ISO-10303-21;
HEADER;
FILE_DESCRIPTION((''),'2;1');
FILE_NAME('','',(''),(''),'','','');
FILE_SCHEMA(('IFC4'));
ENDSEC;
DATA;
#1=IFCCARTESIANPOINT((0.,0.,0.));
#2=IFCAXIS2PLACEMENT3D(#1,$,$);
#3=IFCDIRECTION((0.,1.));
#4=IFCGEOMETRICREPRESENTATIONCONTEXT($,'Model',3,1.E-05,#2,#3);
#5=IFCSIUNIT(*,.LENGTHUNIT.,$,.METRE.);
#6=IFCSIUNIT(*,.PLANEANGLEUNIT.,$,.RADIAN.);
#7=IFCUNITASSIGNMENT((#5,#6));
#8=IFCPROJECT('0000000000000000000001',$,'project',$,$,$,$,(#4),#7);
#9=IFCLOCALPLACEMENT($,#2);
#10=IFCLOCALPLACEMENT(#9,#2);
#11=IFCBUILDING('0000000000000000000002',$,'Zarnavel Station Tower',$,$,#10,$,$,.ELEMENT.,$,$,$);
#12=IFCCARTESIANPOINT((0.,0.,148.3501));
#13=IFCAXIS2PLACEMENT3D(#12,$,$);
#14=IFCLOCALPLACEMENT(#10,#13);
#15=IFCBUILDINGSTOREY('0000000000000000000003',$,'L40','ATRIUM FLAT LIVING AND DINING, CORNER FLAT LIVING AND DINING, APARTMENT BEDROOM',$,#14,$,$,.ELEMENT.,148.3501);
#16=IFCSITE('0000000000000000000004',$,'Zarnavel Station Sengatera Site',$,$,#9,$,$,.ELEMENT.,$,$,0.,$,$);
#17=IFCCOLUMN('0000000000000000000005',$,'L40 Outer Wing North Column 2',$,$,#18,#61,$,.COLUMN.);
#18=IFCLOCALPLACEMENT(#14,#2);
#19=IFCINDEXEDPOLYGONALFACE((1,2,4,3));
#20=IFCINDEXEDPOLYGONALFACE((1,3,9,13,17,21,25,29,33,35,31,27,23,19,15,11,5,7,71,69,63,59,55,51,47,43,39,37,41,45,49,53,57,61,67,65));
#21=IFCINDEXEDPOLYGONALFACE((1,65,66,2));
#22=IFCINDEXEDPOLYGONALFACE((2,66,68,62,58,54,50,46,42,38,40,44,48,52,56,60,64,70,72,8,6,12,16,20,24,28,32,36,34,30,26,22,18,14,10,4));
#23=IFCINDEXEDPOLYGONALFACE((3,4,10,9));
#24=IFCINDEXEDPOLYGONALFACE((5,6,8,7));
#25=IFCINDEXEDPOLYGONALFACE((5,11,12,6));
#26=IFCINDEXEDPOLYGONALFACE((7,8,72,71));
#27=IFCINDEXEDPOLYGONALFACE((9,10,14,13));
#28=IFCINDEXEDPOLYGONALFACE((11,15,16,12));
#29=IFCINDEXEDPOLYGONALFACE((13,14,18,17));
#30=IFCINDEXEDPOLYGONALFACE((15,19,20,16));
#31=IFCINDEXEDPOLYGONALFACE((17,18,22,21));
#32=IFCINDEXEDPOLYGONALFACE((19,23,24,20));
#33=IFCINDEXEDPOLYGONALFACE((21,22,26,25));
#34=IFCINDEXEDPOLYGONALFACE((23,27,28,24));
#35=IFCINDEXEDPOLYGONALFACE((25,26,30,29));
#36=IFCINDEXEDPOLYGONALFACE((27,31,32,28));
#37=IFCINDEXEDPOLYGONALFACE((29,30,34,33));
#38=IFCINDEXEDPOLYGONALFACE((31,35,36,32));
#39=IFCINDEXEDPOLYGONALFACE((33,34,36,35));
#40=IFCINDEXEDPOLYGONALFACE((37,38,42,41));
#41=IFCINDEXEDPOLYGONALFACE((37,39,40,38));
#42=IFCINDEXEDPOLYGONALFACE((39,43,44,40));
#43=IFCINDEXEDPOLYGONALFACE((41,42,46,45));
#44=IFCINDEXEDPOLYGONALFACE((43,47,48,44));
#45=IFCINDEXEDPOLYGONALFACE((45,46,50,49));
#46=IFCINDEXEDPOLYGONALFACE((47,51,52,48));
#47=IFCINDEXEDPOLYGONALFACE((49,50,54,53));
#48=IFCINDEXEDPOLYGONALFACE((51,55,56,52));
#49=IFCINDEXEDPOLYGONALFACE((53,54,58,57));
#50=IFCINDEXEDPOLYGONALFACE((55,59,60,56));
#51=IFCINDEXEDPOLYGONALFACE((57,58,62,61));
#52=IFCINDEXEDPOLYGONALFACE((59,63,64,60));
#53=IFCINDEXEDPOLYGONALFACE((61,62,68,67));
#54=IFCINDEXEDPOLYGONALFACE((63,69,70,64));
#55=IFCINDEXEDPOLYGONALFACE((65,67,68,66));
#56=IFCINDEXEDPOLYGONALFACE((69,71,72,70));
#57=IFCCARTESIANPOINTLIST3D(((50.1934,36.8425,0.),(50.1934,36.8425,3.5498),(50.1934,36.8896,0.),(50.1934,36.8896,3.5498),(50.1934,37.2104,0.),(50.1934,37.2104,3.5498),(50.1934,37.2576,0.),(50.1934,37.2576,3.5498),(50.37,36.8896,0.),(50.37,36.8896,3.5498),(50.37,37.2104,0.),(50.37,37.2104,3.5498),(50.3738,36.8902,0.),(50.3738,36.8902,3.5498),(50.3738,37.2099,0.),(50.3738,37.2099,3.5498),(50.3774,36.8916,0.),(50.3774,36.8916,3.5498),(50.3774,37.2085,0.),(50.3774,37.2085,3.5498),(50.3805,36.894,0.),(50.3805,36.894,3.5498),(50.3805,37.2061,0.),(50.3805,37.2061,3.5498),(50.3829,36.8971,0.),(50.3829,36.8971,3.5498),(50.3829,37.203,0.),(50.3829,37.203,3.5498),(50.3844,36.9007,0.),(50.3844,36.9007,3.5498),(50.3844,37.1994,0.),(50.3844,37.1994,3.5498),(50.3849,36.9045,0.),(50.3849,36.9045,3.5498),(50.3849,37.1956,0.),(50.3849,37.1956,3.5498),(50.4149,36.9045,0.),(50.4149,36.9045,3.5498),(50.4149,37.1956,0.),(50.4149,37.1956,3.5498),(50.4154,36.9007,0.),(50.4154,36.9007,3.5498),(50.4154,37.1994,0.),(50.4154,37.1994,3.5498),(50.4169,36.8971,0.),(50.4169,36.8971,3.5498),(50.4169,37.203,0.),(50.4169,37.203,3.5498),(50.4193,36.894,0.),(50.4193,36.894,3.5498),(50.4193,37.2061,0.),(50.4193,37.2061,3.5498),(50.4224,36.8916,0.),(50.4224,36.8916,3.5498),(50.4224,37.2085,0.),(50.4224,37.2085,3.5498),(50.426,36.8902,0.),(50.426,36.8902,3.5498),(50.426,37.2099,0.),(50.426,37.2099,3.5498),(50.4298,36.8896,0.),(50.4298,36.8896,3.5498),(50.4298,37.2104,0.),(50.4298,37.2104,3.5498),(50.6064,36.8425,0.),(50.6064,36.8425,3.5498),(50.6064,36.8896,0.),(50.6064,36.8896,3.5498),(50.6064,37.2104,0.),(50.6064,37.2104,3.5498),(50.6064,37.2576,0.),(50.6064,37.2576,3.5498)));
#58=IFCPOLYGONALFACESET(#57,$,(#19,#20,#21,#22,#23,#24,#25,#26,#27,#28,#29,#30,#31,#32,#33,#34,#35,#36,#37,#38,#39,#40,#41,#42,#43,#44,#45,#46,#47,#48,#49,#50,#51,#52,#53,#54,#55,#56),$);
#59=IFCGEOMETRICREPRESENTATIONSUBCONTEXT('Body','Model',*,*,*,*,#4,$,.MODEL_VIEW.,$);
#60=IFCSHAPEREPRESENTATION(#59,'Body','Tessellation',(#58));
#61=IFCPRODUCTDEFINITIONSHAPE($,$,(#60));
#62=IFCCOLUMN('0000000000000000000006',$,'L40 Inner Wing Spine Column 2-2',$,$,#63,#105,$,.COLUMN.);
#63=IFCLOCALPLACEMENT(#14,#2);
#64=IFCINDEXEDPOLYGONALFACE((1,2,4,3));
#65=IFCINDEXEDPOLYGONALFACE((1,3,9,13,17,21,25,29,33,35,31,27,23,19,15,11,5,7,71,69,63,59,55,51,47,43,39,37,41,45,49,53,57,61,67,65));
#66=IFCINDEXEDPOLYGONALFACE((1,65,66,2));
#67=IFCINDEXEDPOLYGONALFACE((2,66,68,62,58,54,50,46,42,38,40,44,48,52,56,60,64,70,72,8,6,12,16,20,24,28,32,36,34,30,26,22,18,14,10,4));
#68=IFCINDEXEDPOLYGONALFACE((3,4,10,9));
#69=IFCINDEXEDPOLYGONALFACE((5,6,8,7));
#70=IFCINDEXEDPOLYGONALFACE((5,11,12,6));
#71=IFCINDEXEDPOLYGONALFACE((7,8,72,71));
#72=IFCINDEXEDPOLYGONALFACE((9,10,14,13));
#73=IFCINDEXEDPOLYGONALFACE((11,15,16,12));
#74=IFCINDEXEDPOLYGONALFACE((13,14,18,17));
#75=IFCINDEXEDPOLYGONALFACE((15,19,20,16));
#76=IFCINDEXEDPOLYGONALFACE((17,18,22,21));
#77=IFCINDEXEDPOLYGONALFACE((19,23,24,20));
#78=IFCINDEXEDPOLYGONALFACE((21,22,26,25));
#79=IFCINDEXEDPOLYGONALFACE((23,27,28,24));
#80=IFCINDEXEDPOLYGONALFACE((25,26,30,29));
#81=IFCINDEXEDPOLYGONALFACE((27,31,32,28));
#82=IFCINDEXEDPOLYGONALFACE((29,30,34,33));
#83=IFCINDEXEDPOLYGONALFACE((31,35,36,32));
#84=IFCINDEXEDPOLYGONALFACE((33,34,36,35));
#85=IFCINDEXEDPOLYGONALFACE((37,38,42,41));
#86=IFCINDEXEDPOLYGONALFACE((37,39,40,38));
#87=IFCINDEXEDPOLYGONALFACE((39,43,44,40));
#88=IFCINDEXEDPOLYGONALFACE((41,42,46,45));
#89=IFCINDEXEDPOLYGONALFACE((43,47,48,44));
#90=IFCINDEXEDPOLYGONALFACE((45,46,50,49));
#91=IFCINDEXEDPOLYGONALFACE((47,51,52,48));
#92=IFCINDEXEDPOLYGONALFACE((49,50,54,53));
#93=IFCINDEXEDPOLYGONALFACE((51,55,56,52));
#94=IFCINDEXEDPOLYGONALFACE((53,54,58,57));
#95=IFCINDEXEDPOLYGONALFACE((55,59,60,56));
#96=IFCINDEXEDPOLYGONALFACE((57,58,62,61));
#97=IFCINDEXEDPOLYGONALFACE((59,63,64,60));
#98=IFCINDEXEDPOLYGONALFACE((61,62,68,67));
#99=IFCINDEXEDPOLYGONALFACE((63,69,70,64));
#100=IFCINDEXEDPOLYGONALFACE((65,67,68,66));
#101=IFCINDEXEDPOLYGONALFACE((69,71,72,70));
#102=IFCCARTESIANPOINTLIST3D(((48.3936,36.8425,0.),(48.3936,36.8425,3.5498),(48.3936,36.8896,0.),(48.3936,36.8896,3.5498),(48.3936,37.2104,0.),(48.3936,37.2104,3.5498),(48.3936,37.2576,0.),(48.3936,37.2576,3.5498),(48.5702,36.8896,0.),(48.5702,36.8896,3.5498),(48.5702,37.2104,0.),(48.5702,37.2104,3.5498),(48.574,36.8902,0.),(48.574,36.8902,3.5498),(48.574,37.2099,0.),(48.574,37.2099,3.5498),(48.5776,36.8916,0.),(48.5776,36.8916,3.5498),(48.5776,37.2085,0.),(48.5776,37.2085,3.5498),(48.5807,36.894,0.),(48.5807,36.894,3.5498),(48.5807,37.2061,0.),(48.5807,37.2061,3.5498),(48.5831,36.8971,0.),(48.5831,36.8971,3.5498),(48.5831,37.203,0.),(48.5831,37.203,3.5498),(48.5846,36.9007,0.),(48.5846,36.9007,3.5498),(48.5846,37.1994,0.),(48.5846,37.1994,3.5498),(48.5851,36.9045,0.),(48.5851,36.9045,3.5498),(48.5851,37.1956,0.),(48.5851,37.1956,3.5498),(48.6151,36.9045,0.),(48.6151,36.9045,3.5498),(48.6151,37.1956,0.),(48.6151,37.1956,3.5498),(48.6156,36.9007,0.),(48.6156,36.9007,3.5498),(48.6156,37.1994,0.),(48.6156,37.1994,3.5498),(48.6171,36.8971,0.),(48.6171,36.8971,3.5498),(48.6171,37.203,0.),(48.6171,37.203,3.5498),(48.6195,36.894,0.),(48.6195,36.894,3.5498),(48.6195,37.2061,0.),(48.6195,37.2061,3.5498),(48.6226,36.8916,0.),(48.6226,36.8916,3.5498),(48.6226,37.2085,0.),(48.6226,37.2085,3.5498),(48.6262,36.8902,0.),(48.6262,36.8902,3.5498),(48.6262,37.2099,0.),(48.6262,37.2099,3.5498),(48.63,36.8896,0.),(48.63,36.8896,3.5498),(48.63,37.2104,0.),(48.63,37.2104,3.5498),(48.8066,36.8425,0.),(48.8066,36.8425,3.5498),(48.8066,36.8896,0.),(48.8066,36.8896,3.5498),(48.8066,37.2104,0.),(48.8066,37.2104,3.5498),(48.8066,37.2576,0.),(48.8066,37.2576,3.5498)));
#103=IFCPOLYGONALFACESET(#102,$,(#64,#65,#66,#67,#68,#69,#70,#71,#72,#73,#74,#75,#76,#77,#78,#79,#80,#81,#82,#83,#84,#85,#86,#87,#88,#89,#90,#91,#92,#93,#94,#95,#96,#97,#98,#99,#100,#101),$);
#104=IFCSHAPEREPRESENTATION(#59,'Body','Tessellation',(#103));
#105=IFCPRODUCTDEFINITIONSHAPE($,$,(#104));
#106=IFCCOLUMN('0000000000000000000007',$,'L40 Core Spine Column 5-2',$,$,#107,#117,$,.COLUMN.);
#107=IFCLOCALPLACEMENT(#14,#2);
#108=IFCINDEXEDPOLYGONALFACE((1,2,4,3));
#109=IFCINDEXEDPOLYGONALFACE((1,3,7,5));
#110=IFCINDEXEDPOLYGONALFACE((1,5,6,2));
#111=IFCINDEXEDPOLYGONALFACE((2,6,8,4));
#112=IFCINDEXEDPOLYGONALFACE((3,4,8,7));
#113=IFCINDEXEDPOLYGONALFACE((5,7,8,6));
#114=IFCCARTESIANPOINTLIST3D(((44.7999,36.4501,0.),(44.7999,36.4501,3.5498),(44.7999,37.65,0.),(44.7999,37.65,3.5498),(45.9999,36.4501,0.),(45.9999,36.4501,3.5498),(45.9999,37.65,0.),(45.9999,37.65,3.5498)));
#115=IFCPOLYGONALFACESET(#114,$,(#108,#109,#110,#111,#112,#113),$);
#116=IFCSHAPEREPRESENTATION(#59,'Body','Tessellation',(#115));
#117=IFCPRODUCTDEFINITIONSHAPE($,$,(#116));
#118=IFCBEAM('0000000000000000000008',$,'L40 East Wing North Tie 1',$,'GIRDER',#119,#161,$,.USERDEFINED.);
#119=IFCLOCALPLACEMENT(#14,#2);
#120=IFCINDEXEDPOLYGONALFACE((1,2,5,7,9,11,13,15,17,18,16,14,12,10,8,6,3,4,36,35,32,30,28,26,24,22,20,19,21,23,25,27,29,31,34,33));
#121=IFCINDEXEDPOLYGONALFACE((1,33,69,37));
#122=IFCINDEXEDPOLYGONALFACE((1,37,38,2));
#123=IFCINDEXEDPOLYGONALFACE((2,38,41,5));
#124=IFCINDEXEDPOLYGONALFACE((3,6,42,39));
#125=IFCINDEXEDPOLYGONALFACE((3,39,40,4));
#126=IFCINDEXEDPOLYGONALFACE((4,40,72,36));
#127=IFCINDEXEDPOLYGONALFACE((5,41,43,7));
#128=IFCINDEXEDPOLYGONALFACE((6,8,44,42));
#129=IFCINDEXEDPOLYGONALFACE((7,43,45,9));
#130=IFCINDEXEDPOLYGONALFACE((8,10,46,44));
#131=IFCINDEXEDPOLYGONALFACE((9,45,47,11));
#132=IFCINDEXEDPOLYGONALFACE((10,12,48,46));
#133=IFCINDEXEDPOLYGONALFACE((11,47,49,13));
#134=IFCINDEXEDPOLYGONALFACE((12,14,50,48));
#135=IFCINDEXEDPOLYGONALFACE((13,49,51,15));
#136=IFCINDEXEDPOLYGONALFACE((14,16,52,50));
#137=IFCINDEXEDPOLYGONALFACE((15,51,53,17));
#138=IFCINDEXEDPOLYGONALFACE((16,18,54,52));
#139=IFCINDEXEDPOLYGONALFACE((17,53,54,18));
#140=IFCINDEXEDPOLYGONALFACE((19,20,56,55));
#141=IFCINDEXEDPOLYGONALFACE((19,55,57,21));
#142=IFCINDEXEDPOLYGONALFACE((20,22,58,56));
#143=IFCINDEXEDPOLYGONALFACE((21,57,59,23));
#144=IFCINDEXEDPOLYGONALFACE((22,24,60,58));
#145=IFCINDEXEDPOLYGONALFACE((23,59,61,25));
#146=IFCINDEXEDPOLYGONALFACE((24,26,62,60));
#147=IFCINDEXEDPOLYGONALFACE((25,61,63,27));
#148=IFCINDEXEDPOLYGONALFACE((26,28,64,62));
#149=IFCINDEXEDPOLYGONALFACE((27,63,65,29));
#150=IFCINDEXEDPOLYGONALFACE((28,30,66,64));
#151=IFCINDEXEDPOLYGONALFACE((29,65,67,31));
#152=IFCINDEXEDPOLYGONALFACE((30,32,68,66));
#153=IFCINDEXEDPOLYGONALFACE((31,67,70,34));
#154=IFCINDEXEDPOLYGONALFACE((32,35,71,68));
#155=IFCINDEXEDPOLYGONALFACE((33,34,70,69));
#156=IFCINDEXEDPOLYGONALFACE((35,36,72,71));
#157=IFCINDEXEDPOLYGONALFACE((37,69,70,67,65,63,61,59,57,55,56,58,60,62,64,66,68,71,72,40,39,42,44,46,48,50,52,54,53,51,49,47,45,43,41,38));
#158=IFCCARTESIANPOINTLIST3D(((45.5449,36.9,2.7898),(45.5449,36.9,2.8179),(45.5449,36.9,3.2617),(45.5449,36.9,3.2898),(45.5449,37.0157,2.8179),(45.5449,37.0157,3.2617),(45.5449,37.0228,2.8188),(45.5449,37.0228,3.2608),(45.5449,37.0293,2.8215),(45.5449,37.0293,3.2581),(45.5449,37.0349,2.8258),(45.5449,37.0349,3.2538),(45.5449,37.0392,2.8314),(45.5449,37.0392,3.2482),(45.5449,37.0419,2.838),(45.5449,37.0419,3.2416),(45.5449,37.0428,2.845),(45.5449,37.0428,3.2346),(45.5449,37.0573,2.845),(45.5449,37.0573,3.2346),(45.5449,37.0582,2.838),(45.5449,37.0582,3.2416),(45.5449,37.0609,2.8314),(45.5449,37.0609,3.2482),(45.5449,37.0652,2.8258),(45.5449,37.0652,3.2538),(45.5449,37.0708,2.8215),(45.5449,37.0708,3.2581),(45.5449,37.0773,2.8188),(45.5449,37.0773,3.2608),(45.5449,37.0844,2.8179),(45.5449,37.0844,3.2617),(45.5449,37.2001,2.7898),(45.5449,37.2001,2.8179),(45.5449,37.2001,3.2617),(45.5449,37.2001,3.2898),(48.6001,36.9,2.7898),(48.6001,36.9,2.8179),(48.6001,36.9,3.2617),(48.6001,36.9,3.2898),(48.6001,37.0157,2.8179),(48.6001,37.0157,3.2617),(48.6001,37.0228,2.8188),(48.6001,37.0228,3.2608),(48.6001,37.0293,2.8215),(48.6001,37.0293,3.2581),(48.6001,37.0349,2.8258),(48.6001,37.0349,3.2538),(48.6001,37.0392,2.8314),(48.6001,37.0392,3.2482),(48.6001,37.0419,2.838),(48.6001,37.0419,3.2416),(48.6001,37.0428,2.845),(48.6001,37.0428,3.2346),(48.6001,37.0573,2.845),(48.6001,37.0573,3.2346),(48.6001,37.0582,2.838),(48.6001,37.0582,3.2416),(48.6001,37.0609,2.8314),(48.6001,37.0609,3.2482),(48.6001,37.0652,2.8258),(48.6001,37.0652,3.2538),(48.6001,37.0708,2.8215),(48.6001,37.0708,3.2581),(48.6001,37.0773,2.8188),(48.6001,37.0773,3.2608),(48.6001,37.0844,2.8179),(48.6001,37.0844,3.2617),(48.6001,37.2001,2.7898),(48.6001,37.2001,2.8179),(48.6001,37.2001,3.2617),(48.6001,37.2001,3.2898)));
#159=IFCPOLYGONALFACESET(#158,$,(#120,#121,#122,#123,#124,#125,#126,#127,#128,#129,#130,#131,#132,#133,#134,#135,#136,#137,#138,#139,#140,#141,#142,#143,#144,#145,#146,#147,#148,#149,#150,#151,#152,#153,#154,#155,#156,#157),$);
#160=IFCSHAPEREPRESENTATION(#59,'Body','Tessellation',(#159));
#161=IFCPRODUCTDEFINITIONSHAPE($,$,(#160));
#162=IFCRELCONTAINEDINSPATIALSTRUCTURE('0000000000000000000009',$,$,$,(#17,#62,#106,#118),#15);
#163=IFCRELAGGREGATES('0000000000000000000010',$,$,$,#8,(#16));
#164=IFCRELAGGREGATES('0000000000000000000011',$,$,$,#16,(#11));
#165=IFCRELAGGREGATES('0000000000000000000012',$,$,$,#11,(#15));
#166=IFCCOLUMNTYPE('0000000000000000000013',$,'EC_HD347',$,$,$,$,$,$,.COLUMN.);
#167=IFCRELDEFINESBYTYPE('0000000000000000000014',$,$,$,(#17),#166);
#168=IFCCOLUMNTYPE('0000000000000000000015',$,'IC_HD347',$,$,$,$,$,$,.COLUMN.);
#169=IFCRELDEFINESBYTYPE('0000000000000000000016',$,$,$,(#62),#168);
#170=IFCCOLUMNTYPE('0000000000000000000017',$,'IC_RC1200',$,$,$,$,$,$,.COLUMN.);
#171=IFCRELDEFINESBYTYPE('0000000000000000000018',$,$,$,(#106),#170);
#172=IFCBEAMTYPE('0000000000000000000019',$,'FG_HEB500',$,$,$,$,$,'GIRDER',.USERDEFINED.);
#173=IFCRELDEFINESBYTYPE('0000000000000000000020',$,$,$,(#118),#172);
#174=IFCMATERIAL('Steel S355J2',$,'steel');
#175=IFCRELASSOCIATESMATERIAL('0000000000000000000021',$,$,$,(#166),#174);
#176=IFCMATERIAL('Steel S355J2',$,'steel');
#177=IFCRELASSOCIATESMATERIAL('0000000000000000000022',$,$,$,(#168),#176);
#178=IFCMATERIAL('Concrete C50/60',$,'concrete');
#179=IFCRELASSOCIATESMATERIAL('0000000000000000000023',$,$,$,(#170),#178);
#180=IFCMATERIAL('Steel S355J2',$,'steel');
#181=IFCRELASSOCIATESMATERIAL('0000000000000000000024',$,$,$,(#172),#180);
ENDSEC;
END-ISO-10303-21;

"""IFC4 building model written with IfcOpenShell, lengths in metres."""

from ifc_helpers import new_model, si_unit, direction, frame, origin, origin_2d, place, context, subcontext, project, spatial, rectangle, i_section, extrude, material, material_profile, profile_set, type_object, element, save


model = new_model("IFC4")

# Units and contexts
model_context = context("Model", 3, precision=1e-05, world=origin(), true_north=direction((0.0, 1.0)))
body_context = subcontext(model_context, "Body", "Model", "MODEL_VIEW")
ifc_project = project(units=[si_unit("LENGTHUNIT", "METRE"), si_unit("PLANEANGLEUNIT", "RADIAN")], contexts=[model_context])

# Site, building, storey
site_placement = place(None, origin())
site = spatial("IfcSite", under=ifc_project, at=site_placement, Name="Zarnavel Station Sengatera Site", CompositionType="ELEMENT", RefElevation=0.0)
building_placement = place(site_placement, origin())
building = spatial("IfcBuilding", under=site, at=building_placement, Name="Zarnavel Station Tower", CompositionType="ELEMENT")
storey_placement = place(building_placement, frame((0.0, 0.0, 148.3501)))
storey = spatial("IfcBuildingStorey", under=building, at=storey_placement, Name="L40", Description="ATRIUM FLAT LIVING AND DINING, CORNER FLAT LIVING AND DINING, APARTMENT BEDROOM", CompositionType="ELEMENT", Elevation=148.3501)

# Columns
ifc_material_1 = material(Name="Steel S355J2", Category="steel")
ifc_material_profile_1 = material_profile(ifc_material_1, i_section(OverallWidth=0.4131, OverallDepth=0.415, WebThickness=0.03, FlangeThickness=0.0471, FilletRadius=0.0149, at=origin_2d()), Name="HD400x347")
ifc_profile_set_1 = profile_set([ifc_material_profile_1], Name="Steel S355J2")
column_type_1 = type_object("IfcColumnType", Name="EC_HD347", PredefinedType="COLUMN", material=ifc_profile_set_1)
column_1_placement = place(storey_placement, frame((50.3999, 37.05, 0.0), z_axis=(0.0, 0.0, 1.0), x_axis=(1.0, 0.0, 0.0)))
element("IfcColumn", 1, at=column_1_placement, inside=storey, type_object=column_type_1, Name="L40 Outer Wing North Column 2", PredefinedType="COLUMN", context=body_context, shape_type="SweptSolid", body=[
    extrude(i_section(OverallWidth=0.4131, OverallDepth=0.415, WebThickness=0.03, FlangeThickness=0.0471, FilletRadius=0.0149, at=origin_2d()), origin(), (0.0, 0.0, 1.0), 3.5498),
])
ifc_material_2 = material(Name="Steel S355J2", Category="steel")
ifc_material_profile_2 = material_profile(ifc_material_2, i_section(OverallWidth=0.4131, OverallDepth=0.415, WebThickness=0.03, FlangeThickness=0.0471, FilletRadius=0.0149, at=origin_2d()), Name="HD400x347")
ifc_profile_set_2 = profile_set([ifc_material_profile_2], Name="Steel S355J2")
column_type_2 = type_object("IfcColumnType", Name="IC_HD347", PredefinedType="COLUMN", material=ifc_profile_set_2)
column_2_placement = place(storey_placement, frame((48.6001, 37.05, 0.0), z_axis=(0.0, 0.0, 1.0), x_axis=(1.0, 0.0, 0.0)))
element("IfcColumn", 2, at=column_2_placement, inside=storey, type_object=column_type_2, Name="L40 Inner Wing Spine Column 2-2", PredefinedType="COLUMN", context=body_context, shape_type="SweptSolid", body=[
    extrude(i_section(OverallWidth=0.4131, OverallDepth=0.415, WebThickness=0.03, FlangeThickness=0.0471, FilletRadius=0.0149, at=origin_2d()), origin(), (0.0, 0.0, 1.0), 3.5498),
])
ifc_material_3 = material(Name="Concrete C50/60", Category="concrete")
ifc_material_profile_3 = material_profile(ifc_material_3, rectangle(XDim=1.2, YDim=1.2, at=origin_2d()), Name="RC1200x1200")
ifc_profile_set_3 = profile_set([ifc_material_profile_3], Name="Concrete C50/60")
column_type_3 = type_object("IfcColumnType", Name="IC_RC1200", PredefinedType="COLUMN", material=ifc_profile_set_3)
column_3_placement = place(storey_placement, frame((45.3999, 37.05, 0.0), z_axis=(0.0, 0.0, 1.0), x_axis=(1.0, 0.0, 0.0)))
element("IfcColumn", 3, at=column_3_placement, inside=storey, type_object=column_type_3, Name="L40 Core Spine Column 5-2", PredefinedType="COLUMN", context=body_context, shape_type="SweptSolid", body=[
    extrude(rectangle(XDim=1.2, YDim=1.2, at=origin_2d()), origin(), (0.0, 0.0, 1.0), 3.5498),
])

# Beam
ifc_material_4 = material(Name="Steel S355J2", Category="steel")
ifc_material_profile_4 = material_profile(ifc_material_4, i_section(OverallWidth=0.3, OverallDepth=0.5, WebThickness=0.0144, FlangeThickness=0.0281, FilletRadius=0.0271, at=origin_2d()), Name="HEB500")
ifc_profile_set_4 = profile_set([ifc_material_profile_4], Name="Steel S355J2")
beam_type_1 = type_object("IfcBeamType", Name="FG_HEB500", ElementType="GIRDER", PredefinedType="USERDEFINED", material=ifc_profile_set_4)
beam_1_placement = place(storey_placement, frame((45.5449, 37.05, 3.0398), z_axis=(1.0, 0.0, 0.0), x_axis=(0.0, 1.0, 0.0)))
element("IfcBeam", 4, at=beam_1_placement, inside=storey, type_object=beam_type_1, Name="L40 East Wing North Tie 1", ObjectType="GIRDER", PredefinedType="USERDEFINED", context=body_context, shape_type="SweptSolid", body=[
    extrude(i_section(OverallWidth=0.3, OverallDepth=0.5, WebThickness=0.0144, FlangeThickness=0.0281, FilletRadius=0.0271, at=origin_2d()), origin(), (0.0, 0.0, 1.0), 3.0552),
])

save(model, "model.ifc")
